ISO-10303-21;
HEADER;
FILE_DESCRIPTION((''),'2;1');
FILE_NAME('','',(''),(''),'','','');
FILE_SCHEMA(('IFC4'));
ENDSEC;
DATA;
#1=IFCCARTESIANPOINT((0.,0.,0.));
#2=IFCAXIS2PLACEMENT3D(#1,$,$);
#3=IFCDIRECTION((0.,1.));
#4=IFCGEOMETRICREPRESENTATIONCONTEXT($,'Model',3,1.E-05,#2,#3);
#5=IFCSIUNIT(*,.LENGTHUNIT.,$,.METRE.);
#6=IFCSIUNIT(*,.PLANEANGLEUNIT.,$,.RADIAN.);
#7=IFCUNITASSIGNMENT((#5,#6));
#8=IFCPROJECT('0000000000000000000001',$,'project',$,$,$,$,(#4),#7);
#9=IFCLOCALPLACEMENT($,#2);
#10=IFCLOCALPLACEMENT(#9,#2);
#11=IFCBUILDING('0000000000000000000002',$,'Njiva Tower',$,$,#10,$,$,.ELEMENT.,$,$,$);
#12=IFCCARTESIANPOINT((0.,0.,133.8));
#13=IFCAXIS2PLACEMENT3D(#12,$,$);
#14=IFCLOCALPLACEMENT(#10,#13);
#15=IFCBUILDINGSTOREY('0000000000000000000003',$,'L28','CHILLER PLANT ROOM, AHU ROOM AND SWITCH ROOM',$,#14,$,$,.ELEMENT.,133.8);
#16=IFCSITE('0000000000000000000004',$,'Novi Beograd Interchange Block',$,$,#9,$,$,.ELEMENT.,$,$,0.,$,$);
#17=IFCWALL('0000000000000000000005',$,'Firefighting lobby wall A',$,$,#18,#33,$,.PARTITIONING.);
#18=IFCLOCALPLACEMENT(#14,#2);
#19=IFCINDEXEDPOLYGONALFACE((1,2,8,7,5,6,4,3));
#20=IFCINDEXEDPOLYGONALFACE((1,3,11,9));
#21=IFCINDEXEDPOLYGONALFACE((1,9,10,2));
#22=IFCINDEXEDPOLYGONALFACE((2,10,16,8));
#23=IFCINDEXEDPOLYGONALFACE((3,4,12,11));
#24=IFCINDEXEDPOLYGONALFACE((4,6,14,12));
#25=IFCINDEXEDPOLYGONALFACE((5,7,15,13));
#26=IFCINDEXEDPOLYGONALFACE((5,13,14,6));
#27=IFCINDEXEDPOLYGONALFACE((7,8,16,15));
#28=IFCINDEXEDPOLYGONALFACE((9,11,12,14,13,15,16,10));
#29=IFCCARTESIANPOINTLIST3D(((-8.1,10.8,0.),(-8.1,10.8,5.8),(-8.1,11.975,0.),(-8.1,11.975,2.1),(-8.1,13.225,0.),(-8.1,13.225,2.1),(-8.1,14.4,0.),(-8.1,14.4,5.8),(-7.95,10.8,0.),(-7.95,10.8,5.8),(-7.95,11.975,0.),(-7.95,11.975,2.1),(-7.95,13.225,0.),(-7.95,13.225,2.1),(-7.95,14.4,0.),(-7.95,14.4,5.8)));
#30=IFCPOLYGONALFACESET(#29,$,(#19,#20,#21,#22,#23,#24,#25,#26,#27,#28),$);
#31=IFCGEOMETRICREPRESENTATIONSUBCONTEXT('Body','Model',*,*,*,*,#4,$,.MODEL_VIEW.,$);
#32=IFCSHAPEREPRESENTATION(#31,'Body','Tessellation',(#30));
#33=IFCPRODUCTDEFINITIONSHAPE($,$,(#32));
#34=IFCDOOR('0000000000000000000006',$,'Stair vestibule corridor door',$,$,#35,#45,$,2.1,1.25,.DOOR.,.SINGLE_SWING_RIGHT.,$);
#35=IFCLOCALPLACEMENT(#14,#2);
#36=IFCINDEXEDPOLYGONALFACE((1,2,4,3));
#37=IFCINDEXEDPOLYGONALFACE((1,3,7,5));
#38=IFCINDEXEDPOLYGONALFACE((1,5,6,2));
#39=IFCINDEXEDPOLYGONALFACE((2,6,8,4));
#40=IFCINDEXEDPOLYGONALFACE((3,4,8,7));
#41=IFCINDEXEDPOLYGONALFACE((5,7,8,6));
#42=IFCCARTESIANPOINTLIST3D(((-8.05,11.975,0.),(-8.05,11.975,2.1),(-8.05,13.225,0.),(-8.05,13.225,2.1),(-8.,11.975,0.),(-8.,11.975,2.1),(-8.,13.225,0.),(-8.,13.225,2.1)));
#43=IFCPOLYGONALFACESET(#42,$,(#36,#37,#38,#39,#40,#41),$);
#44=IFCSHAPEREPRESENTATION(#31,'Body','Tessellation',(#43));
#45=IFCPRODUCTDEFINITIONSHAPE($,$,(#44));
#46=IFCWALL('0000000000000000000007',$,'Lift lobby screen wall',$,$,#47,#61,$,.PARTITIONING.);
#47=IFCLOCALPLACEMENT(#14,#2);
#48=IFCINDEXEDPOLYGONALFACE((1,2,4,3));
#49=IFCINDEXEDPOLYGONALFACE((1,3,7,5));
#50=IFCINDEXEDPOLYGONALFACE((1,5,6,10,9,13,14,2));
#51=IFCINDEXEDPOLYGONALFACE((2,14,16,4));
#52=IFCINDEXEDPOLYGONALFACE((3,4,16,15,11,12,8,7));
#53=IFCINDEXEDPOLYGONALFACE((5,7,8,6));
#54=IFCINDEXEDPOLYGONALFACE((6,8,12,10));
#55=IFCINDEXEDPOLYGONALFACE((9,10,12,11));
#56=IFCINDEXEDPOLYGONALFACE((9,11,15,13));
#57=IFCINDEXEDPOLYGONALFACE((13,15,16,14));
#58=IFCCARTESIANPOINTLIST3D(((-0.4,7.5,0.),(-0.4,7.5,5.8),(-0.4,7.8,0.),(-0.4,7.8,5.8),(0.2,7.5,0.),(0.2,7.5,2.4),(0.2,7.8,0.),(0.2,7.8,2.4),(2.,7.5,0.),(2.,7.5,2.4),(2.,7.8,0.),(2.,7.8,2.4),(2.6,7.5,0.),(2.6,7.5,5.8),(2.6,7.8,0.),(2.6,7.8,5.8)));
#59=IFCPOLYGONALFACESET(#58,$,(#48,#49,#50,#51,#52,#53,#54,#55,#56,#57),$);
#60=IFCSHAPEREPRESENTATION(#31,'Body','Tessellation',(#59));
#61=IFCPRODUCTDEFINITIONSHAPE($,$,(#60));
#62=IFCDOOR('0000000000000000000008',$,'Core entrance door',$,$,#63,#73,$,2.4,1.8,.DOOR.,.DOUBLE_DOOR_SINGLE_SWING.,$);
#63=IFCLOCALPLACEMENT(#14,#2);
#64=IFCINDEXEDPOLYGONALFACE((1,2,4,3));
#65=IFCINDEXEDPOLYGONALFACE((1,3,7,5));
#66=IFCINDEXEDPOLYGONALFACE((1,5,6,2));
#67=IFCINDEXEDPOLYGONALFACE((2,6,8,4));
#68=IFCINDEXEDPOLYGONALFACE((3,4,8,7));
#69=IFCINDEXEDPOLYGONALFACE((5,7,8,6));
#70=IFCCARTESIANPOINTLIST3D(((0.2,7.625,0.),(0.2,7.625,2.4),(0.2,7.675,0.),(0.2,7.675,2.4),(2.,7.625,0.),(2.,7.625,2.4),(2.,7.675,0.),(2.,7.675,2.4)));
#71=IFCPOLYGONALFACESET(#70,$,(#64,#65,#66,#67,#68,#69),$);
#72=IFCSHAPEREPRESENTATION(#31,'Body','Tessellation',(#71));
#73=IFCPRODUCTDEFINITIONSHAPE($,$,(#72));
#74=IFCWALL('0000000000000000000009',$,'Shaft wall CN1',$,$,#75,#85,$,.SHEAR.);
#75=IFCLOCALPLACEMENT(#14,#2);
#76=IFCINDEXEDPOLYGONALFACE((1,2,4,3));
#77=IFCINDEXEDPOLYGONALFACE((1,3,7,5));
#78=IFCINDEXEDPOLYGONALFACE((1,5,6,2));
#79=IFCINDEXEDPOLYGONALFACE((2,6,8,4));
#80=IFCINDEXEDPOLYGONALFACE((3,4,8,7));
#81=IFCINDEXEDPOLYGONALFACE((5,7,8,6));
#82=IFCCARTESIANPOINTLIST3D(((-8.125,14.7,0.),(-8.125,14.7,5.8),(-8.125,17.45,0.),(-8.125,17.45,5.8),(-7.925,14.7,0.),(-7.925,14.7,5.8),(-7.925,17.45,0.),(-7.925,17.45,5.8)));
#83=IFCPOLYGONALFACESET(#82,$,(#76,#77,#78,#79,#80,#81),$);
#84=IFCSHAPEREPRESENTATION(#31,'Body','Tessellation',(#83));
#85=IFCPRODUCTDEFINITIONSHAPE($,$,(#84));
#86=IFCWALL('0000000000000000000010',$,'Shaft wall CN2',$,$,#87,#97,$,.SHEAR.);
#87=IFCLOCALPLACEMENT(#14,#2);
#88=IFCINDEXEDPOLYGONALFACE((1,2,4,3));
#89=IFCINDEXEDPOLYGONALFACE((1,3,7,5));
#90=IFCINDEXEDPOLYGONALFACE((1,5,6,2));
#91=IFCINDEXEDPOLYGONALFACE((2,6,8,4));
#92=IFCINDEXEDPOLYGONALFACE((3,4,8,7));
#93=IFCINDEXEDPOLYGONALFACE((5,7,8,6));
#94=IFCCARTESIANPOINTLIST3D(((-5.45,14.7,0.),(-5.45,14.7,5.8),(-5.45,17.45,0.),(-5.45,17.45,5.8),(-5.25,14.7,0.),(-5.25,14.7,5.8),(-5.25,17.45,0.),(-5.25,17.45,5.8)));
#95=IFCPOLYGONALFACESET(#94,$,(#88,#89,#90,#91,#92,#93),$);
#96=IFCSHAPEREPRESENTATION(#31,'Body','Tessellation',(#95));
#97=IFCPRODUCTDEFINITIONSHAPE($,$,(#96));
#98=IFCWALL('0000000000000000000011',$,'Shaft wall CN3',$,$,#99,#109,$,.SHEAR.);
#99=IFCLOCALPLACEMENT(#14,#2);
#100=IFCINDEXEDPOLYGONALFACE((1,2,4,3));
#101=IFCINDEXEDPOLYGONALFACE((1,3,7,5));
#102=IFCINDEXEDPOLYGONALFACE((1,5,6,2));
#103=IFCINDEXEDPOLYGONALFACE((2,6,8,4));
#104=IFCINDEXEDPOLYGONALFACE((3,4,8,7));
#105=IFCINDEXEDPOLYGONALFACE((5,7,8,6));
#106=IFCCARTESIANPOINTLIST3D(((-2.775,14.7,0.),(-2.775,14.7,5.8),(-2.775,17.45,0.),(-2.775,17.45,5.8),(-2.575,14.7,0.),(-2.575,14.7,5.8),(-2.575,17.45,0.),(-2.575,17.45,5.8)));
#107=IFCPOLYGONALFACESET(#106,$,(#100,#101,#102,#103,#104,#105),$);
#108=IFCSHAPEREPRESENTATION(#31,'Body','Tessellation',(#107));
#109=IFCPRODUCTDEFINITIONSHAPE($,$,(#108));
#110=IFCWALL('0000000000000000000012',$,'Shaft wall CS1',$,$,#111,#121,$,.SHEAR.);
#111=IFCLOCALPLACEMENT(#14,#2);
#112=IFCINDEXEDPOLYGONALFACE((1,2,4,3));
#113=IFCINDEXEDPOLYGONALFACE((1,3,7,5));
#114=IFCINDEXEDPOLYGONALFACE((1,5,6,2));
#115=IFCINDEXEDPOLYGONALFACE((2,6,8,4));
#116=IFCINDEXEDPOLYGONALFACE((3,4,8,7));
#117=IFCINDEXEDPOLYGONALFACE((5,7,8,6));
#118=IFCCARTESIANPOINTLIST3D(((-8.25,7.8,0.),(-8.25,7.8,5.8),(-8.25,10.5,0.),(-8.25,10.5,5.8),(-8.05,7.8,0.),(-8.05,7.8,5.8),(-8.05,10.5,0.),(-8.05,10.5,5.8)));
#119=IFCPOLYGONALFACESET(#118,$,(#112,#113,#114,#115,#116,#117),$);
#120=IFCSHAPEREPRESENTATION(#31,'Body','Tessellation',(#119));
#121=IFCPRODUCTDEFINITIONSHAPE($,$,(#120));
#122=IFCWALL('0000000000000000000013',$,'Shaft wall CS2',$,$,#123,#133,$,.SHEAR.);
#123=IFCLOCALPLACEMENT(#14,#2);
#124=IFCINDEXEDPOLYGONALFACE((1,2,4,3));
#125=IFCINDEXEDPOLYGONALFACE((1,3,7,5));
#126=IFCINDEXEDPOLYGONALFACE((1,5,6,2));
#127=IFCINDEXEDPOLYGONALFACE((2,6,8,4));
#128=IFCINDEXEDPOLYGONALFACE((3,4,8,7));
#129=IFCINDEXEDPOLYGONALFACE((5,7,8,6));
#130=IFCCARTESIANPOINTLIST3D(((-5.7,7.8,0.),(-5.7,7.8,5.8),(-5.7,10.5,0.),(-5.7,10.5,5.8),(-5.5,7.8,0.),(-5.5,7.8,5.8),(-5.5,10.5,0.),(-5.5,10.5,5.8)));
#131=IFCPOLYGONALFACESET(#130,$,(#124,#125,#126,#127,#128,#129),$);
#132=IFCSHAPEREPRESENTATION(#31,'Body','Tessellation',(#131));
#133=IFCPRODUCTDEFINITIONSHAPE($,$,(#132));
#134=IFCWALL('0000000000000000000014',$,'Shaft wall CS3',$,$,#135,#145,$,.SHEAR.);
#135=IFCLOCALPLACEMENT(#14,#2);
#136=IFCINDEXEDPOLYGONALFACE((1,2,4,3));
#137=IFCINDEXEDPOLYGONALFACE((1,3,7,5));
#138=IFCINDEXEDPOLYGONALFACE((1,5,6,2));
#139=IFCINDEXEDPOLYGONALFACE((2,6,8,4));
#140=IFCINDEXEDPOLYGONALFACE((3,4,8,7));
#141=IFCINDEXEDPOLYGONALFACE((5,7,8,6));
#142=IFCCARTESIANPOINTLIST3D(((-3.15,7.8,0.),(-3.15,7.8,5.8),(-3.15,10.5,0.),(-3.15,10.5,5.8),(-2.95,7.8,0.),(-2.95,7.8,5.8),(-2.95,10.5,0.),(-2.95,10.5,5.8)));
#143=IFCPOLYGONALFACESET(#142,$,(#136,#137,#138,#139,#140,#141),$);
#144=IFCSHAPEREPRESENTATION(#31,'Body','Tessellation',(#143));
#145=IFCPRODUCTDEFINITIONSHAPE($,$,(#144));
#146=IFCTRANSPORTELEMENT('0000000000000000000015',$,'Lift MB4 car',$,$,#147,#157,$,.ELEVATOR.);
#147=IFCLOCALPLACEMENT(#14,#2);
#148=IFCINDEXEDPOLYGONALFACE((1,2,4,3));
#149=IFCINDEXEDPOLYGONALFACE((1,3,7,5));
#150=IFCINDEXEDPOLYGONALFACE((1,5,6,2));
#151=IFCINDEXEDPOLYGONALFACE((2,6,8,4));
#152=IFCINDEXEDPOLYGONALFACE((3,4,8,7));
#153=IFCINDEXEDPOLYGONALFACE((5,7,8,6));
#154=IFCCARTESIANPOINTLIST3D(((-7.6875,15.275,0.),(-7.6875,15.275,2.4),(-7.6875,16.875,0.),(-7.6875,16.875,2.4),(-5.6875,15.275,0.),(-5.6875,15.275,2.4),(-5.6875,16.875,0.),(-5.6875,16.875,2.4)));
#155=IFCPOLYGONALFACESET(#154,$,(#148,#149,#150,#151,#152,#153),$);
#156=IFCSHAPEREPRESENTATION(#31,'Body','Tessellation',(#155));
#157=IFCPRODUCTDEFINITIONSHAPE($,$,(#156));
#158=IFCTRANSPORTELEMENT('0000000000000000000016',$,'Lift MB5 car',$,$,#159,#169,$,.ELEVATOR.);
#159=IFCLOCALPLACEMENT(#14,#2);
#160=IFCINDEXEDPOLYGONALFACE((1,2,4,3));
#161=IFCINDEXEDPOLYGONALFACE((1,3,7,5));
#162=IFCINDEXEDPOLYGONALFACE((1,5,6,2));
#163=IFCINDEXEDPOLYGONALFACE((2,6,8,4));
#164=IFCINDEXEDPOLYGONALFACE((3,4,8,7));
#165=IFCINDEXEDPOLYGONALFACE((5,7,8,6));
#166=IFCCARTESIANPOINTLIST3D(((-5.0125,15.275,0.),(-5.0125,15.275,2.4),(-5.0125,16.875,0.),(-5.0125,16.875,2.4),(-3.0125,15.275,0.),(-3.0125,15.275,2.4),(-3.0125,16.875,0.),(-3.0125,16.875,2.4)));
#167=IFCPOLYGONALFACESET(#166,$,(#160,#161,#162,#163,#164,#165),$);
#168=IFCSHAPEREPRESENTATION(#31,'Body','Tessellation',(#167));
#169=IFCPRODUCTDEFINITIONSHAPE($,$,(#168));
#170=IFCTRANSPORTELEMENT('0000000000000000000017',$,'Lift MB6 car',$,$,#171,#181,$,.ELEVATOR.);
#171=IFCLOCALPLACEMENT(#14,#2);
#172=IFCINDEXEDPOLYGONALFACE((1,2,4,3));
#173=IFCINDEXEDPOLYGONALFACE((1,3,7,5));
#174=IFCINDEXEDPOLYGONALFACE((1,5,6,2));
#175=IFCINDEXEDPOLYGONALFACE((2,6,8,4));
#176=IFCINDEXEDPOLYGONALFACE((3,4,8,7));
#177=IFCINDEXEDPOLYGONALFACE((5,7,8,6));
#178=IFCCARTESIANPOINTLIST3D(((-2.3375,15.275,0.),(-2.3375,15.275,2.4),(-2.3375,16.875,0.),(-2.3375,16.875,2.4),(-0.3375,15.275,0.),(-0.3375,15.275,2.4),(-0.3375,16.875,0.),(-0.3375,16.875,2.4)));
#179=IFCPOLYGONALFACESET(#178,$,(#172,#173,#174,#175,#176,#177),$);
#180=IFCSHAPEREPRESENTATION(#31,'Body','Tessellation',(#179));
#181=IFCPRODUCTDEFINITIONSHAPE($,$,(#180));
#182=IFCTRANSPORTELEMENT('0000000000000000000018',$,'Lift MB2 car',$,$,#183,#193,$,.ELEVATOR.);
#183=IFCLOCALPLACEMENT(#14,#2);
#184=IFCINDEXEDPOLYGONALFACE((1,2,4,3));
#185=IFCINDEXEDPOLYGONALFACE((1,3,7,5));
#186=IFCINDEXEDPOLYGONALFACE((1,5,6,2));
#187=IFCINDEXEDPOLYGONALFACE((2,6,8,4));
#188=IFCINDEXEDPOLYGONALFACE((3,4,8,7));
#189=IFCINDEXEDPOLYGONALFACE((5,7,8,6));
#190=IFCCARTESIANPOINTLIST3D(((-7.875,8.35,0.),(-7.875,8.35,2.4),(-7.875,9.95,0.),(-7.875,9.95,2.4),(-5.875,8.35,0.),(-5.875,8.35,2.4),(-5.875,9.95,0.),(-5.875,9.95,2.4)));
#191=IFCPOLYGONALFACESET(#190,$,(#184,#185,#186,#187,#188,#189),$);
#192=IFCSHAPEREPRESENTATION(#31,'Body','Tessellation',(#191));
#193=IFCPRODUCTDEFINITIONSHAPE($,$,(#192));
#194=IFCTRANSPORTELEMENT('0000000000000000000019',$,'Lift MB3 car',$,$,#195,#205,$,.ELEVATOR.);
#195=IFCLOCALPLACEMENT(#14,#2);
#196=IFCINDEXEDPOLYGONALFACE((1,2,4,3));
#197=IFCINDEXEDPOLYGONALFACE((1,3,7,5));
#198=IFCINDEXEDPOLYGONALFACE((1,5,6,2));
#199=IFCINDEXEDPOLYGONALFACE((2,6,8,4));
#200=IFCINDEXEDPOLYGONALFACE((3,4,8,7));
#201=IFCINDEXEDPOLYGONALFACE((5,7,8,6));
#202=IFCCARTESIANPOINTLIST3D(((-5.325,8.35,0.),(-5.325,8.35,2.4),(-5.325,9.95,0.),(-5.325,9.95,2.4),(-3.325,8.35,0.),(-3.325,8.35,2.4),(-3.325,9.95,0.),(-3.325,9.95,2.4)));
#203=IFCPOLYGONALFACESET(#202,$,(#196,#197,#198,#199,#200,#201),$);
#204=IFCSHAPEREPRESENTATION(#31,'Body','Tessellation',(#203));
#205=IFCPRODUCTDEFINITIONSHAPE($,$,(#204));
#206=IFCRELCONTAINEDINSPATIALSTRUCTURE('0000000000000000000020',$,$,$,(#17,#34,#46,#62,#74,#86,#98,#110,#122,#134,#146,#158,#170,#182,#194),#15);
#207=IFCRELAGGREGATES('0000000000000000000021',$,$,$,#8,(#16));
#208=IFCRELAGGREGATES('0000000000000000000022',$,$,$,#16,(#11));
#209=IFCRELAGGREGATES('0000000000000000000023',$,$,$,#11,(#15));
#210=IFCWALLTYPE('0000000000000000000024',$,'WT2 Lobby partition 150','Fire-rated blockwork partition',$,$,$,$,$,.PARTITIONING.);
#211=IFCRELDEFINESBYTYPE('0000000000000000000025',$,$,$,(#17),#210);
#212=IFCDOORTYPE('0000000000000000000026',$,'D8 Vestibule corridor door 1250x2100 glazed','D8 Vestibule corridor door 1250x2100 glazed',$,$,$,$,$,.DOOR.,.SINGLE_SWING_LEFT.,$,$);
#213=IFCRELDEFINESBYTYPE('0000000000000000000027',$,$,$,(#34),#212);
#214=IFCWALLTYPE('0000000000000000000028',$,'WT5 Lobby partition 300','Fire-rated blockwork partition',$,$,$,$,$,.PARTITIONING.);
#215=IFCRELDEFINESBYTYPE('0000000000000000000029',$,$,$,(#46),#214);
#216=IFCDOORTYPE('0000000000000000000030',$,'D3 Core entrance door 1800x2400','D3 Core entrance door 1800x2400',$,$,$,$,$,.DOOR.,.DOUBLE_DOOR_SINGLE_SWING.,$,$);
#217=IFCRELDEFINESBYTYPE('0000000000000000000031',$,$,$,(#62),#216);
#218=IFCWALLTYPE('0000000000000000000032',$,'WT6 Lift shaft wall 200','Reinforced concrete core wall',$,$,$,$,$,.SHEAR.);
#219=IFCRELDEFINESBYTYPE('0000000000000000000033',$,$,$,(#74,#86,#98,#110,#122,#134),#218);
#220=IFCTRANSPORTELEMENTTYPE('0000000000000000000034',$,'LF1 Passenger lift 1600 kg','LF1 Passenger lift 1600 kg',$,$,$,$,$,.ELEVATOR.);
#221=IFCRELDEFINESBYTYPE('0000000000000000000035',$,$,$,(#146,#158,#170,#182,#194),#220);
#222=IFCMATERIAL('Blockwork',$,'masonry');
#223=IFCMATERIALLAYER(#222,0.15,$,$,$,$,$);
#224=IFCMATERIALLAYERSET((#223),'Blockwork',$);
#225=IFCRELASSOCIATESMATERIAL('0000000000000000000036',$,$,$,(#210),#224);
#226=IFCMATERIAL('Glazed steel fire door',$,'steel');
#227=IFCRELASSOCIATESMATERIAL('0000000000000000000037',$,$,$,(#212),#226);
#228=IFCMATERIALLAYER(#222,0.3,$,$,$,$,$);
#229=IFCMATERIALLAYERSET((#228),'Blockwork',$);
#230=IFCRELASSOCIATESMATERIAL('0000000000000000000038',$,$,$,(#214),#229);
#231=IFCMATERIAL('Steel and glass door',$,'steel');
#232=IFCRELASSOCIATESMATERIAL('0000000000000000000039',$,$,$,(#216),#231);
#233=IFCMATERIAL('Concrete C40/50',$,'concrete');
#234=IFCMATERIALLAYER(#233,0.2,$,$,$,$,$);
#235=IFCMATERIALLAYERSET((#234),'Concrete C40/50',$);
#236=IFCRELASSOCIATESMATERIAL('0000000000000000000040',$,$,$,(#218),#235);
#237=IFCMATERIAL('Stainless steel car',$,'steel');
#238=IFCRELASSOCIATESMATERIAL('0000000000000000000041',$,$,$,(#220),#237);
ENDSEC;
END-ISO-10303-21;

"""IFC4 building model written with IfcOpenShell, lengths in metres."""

from ifc_helpers import new_model, si_unit, direction, frame, frame_2d, origin, origin_2d, place, context, subcontext, project, spatial, rectangle, extrude, material, layer, layer_set, type_object, element, fill, save


model = new_model("IFC4")

# Units and contexts
model_context = context("Model", 3, precision=1e-05, world=origin(), true_north=direction((0.0, 1.0)))
body_context = subcontext(model_context, "Body", "Model", "MODEL_VIEW")
ifc_project = project(units=[si_unit("LENGTHUNIT", "METRE"), si_unit("PLANEANGLEUNIT", "RADIAN")], contexts=[model_context])

# Site, building, storey
site_placement = place(None, origin())
site = spatial("IfcSite", under=ifc_project, at=site_placement, Name="Novi Beograd Interchange Block", CompositionType="ELEMENT", RefElevation=0.0)
building_placement = place(site_placement, origin())
building = spatial("IfcBuilding", under=site, at=building_placement, Name="Njiva Tower", CompositionType="ELEMENT")
storey_placement = place(building_placement, frame((0.0, 0.0, 133.8)))
storey = spatial("IfcBuildingStorey", under=building, at=storey_placement, Name="L28", Description="CHILLER PLANT ROOM, AHU ROOM AND SWITCH ROOM", CompositionType="ELEMENT", Elevation=133.8)

# Shared definitions
ifc_material_1 = material(Name="Blockwork", Category="masonry")

# Walls, openings, doors
ifc_layer_1 = layer(ifc_material_1, 0.15)
ifc_layer_set_1 = layer_set([ifc_layer_1], Name="Blockwork")
wall_type_1 = type_object("IfcWallType", Name="WT2 Lobby partition 150", Description="Fire-rated blockwork partition", PredefinedType="PARTITIONING", material=ifc_layer_set_1)
wall_1_placement = place(storey_placement, frame((-8.025, 10.8, 0.0), z_axis=(0.0, 0.0, 1.0), x_axis=(0.0, 1.0, 0.0)))
wall_1 = element("IfcWall", 1, at=wall_1_placement, inside=storey, type_object=wall_type_1, Name="Firefighting lobby wall A", PredefinedType="PARTITIONING", context=body_context, shape_type="SweptSolid", body=[
    extrude(rectangle(XDim=3.6, YDim=0.15, at=frame_2d((1.8, 0.0))), origin(), (0.0, 0.0, 1.0), 5.8),
])
opening_1_placement = place(wall_1_placement, frame((1.175, 0.0, 0.0)))
opening_1 = element("IfcOpeningElement", 2, at=opening_1_placement, cuts=wall_1, PredefinedType="OPENING", context=body_context, shape_type="SweptSolid", body=[
    extrude(rectangle(XDim=1.25, YDim=2.1, at=frame_2d((0.625, 1.05))), frame((0.0, 0.085, 0.0), z_axis=(0.0, -1.0, 0.0), x_axis=(1.0, 0.0, 0.0)), (0.0, 0.0, 1.0), 0.17),
])
ifc_material_2 = material(Name="Glazed steel fire door", Category="steel")
door_type_1 = type_object("IfcDoorType", Name="D8 Vestibule corridor door 1250x2100 glazed", Description="D8 Vestibule corridor door 1250x2100 glazed", OperationType="SINGLE_SWING_LEFT", PredefinedType="DOOR", material=ifc_material_2)
door_1_placement = place(opening_1_placement, origin())
door_1 = element("IfcDoor", 3, at=door_1_placement, inside=storey, type_object=door_type_1, Name="Stair vestibule corridor door", OperationType="SINGLE_SWING_RIGHT", OverallHeight=2.1, OverallWidth=1.25, PredefinedType="DOOR", context=body_context, shape_type="SweptSolid", body=[
    extrude(rectangle(XDim=1.25, YDim=2.1, at=frame_2d((0.625, 1.05))), frame((0.0, 0.025, 0.0), z_axis=(0.0, -1.0, 0.0), x_axis=(1.0, 0.0, 0.0)), (0.0, 0.0, 1.0), 0.05),
])
fill(opening_1, door_1)
ifc_layer_2 = layer(ifc_material_1, 0.3)
ifc_layer_set_2 = layer_set([ifc_layer_2], Name="Blockwork")
wall_type_2 = type_object("IfcWallType", Name="WT5 Lobby partition 300", Description="Fire-rated blockwork partition", PredefinedType="PARTITIONING", material=ifc_layer_set_2)
wall_2_placement = place(storey_placement, frame((-0.4, 7.65, 0.0), z_axis=(0.0, 0.0, 1.0), x_axis=(1.0, 0.0, 0.0)))
wall_2 = element("IfcWall", 4, at=wall_2_placement, inside=storey, type_object=wall_type_2, Name="Lift lobby screen wall", PredefinedType="PARTITIONING", context=body_context, shape_type="SweptSolid", body=[
    extrude(rectangle(XDim=3.0, YDim=0.3, at=frame_2d((1.5, 0.0))), origin(), (0.0, 0.0, 1.0), 5.8),
])
opening_2_placement = place(wall_2_placement, frame((0.6, 0.0, 0.0)))
opening_2 = element("IfcOpeningElement", 5, at=opening_2_placement, cuts=wall_2, PredefinedType="OPENING", context=body_context, shape_type="SweptSolid", body=[
    extrude(rectangle(XDim=1.8, YDim=2.4, at=frame_2d((0.9, 1.2))), frame((0.0, 0.16, 0.0), z_axis=(0.0, -1.0, 0.0), x_axis=(1.0, 0.0, 0.0)), (0.0, 0.0, 1.0), 0.32),
])
ifc_material_3 = material(Name="Steel and glass door", Category="steel")
door_type_2 = type_object("IfcDoorType", Name="D3 Core entrance door 1800x2400", Description="D3 Core entrance door 1800x2400", OperationType="DOUBLE_DOOR_SINGLE_SWING", PredefinedType="DOOR", material=ifc_material_3)
door_2_placement = place(opening_2_placement, origin())
door_2 = element("IfcDoor", 6, at=door_2_placement, inside=storey, type_object=door_type_2, Name="Core entrance door", OperationType="DOUBLE_DOOR_SINGLE_SWING", OverallHeight=2.4, OverallWidth=1.8, PredefinedType="DOOR", context=body_context, shape_type="SweptSolid", body=[
    extrude(rectangle(XDim=1.8, YDim=2.4, at=frame_2d((0.9, 1.2))), frame((0.0, 0.025, 0.0), z_axis=(0.0, -1.0, 0.0), x_axis=(1.0, 0.0, 0.0)), (0.0, 0.0, 1.0), 0.05),
])
fill(opening_2, door_2)

# Walls
ifc_material_4 = material(Name="Concrete C40/50", Category="concrete")
ifc_layer_3 = layer(ifc_material_4, 0.2)
ifc_layer_set_3 = layer_set([ifc_layer_3], Name="Concrete C40/50")
wall_type_3 = type_object("IfcWallType", Name="WT6 Lift shaft wall 200", Description="Reinforced concrete core wall", PredefinedType="SHEAR", material=ifc_layer_set_3)
for number, where, z_axis, x_axis, name in (
    (7, (-8.025, 14.7, 0.0), (0.0, 0.0, 1.0), (0.0, 1.0, 0.0), "Shaft wall CN1"),
    (8, (-5.35, 14.7, 0.0), (0.0, 0.0, 1.0), (0.0, 1.0, 0.0), "Shaft wall CN2"),
    (9, (-2.675, 14.7, 0.0), (0.0, 0.0, 1.0), (0.0, 1.0, 0.0), "Shaft wall CN3"),
):
    element("IfcWall", number, at=place(storey_placement, frame(where, z_axis=z_axis, x_axis=x_axis)), inside=storey, type_object=wall_type_3, Name=name, PredefinedType="SHEAR", context=body_context, shape_type="SweptSolid", body=[
        extrude(rectangle(XDim=2.75, YDim=0.2, at=frame_2d((1.375, 0.0))), origin(), (0.0, 0.0, 1.0), 5.8),
    ])
for number, where, z_axis, x_axis, name in (
    (10, (-8.15, 7.8, 0.0), (0.0, 0.0, 1.0), (0.0, 1.0, 0.0), "Shaft wall CS1"),
    (11, (-5.6, 7.8, 0.0), (0.0, 0.0, 1.0), (0.0, 1.0, 0.0), "Shaft wall CS2"),
    (12, (-3.05, 7.8, 0.0), (0.0, 0.0, 1.0), (0.0, 1.0, 0.0), "Shaft wall CS3"),
):
    element("IfcWall", number, at=place(storey_placement, frame(where, z_axis=z_axis, x_axis=x_axis)), inside=storey, type_object=wall_type_3, Name=name, PredefinedType="SHEAR", context=body_context, shape_type="SweptSolid", body=[
        extrude(rectangle(XDim=2.7, YDim=0.2, at=frame_2d((1.35, 0.0))), origin(), (0.0, 0.0, 1.0), 5.8),
    ])

# Transport elements
ifc_material_5 = material(Name="Stainless steel car", Category="steel")
transport_element_type = type_object("IfcTransportElementType", Name="LF1 Passenger lift 1600 kg", Description="LF1 Passenger lift 1600 kg", PredefinedType="ELEVATOR", material=ifc_material_5)
for number, where, z_axis, x_axis, name in (
    (13, (-6.6875, 16.075, 0.0), (0.0, 0.0, 1.0), (1.0, 0.0, 0.0), "Lift MB4 car"),
    (14, (-4.0125, 16.075, 0.0), (0.0, 0.0, 1.0), (1.0, 0.0, 0.0), "Lift MB5 car"),
    (15, (-1.3375, 16.075, 0.0), (0.0, 0.0, 1.0), (1.0, 0.0, 0.0), "Lift MB6 car"),
    (16, (-6.875, 9.15, 0.0), (0.0, 0.0, 1.0), (1.0, 0.0, 0.0), "Lift MB2 car"),
    (17, (-4.325, 9.15, 0.0), (0.0, 0.0, 1.0), (1.0, 0.0, 0.0), "Lift MB3 car"),
):
    element("IfcTransportElement", number, at=place(storey_placement, frame(where, z_axis=z_axis, x_axis=x_axis)), inside=storey, type_object=transport_element_type, Name=name, PredefinedType="ELEVATOR", context=body_context, shape_type="SweptSolid", body=[
        extrude(rectangle(XDim=2.0, YDim=1.6, at=origin_2d()), origin(), (0.0, 0.0, 1.0), 2.4),
    ])

save(model, "model.ifc")
